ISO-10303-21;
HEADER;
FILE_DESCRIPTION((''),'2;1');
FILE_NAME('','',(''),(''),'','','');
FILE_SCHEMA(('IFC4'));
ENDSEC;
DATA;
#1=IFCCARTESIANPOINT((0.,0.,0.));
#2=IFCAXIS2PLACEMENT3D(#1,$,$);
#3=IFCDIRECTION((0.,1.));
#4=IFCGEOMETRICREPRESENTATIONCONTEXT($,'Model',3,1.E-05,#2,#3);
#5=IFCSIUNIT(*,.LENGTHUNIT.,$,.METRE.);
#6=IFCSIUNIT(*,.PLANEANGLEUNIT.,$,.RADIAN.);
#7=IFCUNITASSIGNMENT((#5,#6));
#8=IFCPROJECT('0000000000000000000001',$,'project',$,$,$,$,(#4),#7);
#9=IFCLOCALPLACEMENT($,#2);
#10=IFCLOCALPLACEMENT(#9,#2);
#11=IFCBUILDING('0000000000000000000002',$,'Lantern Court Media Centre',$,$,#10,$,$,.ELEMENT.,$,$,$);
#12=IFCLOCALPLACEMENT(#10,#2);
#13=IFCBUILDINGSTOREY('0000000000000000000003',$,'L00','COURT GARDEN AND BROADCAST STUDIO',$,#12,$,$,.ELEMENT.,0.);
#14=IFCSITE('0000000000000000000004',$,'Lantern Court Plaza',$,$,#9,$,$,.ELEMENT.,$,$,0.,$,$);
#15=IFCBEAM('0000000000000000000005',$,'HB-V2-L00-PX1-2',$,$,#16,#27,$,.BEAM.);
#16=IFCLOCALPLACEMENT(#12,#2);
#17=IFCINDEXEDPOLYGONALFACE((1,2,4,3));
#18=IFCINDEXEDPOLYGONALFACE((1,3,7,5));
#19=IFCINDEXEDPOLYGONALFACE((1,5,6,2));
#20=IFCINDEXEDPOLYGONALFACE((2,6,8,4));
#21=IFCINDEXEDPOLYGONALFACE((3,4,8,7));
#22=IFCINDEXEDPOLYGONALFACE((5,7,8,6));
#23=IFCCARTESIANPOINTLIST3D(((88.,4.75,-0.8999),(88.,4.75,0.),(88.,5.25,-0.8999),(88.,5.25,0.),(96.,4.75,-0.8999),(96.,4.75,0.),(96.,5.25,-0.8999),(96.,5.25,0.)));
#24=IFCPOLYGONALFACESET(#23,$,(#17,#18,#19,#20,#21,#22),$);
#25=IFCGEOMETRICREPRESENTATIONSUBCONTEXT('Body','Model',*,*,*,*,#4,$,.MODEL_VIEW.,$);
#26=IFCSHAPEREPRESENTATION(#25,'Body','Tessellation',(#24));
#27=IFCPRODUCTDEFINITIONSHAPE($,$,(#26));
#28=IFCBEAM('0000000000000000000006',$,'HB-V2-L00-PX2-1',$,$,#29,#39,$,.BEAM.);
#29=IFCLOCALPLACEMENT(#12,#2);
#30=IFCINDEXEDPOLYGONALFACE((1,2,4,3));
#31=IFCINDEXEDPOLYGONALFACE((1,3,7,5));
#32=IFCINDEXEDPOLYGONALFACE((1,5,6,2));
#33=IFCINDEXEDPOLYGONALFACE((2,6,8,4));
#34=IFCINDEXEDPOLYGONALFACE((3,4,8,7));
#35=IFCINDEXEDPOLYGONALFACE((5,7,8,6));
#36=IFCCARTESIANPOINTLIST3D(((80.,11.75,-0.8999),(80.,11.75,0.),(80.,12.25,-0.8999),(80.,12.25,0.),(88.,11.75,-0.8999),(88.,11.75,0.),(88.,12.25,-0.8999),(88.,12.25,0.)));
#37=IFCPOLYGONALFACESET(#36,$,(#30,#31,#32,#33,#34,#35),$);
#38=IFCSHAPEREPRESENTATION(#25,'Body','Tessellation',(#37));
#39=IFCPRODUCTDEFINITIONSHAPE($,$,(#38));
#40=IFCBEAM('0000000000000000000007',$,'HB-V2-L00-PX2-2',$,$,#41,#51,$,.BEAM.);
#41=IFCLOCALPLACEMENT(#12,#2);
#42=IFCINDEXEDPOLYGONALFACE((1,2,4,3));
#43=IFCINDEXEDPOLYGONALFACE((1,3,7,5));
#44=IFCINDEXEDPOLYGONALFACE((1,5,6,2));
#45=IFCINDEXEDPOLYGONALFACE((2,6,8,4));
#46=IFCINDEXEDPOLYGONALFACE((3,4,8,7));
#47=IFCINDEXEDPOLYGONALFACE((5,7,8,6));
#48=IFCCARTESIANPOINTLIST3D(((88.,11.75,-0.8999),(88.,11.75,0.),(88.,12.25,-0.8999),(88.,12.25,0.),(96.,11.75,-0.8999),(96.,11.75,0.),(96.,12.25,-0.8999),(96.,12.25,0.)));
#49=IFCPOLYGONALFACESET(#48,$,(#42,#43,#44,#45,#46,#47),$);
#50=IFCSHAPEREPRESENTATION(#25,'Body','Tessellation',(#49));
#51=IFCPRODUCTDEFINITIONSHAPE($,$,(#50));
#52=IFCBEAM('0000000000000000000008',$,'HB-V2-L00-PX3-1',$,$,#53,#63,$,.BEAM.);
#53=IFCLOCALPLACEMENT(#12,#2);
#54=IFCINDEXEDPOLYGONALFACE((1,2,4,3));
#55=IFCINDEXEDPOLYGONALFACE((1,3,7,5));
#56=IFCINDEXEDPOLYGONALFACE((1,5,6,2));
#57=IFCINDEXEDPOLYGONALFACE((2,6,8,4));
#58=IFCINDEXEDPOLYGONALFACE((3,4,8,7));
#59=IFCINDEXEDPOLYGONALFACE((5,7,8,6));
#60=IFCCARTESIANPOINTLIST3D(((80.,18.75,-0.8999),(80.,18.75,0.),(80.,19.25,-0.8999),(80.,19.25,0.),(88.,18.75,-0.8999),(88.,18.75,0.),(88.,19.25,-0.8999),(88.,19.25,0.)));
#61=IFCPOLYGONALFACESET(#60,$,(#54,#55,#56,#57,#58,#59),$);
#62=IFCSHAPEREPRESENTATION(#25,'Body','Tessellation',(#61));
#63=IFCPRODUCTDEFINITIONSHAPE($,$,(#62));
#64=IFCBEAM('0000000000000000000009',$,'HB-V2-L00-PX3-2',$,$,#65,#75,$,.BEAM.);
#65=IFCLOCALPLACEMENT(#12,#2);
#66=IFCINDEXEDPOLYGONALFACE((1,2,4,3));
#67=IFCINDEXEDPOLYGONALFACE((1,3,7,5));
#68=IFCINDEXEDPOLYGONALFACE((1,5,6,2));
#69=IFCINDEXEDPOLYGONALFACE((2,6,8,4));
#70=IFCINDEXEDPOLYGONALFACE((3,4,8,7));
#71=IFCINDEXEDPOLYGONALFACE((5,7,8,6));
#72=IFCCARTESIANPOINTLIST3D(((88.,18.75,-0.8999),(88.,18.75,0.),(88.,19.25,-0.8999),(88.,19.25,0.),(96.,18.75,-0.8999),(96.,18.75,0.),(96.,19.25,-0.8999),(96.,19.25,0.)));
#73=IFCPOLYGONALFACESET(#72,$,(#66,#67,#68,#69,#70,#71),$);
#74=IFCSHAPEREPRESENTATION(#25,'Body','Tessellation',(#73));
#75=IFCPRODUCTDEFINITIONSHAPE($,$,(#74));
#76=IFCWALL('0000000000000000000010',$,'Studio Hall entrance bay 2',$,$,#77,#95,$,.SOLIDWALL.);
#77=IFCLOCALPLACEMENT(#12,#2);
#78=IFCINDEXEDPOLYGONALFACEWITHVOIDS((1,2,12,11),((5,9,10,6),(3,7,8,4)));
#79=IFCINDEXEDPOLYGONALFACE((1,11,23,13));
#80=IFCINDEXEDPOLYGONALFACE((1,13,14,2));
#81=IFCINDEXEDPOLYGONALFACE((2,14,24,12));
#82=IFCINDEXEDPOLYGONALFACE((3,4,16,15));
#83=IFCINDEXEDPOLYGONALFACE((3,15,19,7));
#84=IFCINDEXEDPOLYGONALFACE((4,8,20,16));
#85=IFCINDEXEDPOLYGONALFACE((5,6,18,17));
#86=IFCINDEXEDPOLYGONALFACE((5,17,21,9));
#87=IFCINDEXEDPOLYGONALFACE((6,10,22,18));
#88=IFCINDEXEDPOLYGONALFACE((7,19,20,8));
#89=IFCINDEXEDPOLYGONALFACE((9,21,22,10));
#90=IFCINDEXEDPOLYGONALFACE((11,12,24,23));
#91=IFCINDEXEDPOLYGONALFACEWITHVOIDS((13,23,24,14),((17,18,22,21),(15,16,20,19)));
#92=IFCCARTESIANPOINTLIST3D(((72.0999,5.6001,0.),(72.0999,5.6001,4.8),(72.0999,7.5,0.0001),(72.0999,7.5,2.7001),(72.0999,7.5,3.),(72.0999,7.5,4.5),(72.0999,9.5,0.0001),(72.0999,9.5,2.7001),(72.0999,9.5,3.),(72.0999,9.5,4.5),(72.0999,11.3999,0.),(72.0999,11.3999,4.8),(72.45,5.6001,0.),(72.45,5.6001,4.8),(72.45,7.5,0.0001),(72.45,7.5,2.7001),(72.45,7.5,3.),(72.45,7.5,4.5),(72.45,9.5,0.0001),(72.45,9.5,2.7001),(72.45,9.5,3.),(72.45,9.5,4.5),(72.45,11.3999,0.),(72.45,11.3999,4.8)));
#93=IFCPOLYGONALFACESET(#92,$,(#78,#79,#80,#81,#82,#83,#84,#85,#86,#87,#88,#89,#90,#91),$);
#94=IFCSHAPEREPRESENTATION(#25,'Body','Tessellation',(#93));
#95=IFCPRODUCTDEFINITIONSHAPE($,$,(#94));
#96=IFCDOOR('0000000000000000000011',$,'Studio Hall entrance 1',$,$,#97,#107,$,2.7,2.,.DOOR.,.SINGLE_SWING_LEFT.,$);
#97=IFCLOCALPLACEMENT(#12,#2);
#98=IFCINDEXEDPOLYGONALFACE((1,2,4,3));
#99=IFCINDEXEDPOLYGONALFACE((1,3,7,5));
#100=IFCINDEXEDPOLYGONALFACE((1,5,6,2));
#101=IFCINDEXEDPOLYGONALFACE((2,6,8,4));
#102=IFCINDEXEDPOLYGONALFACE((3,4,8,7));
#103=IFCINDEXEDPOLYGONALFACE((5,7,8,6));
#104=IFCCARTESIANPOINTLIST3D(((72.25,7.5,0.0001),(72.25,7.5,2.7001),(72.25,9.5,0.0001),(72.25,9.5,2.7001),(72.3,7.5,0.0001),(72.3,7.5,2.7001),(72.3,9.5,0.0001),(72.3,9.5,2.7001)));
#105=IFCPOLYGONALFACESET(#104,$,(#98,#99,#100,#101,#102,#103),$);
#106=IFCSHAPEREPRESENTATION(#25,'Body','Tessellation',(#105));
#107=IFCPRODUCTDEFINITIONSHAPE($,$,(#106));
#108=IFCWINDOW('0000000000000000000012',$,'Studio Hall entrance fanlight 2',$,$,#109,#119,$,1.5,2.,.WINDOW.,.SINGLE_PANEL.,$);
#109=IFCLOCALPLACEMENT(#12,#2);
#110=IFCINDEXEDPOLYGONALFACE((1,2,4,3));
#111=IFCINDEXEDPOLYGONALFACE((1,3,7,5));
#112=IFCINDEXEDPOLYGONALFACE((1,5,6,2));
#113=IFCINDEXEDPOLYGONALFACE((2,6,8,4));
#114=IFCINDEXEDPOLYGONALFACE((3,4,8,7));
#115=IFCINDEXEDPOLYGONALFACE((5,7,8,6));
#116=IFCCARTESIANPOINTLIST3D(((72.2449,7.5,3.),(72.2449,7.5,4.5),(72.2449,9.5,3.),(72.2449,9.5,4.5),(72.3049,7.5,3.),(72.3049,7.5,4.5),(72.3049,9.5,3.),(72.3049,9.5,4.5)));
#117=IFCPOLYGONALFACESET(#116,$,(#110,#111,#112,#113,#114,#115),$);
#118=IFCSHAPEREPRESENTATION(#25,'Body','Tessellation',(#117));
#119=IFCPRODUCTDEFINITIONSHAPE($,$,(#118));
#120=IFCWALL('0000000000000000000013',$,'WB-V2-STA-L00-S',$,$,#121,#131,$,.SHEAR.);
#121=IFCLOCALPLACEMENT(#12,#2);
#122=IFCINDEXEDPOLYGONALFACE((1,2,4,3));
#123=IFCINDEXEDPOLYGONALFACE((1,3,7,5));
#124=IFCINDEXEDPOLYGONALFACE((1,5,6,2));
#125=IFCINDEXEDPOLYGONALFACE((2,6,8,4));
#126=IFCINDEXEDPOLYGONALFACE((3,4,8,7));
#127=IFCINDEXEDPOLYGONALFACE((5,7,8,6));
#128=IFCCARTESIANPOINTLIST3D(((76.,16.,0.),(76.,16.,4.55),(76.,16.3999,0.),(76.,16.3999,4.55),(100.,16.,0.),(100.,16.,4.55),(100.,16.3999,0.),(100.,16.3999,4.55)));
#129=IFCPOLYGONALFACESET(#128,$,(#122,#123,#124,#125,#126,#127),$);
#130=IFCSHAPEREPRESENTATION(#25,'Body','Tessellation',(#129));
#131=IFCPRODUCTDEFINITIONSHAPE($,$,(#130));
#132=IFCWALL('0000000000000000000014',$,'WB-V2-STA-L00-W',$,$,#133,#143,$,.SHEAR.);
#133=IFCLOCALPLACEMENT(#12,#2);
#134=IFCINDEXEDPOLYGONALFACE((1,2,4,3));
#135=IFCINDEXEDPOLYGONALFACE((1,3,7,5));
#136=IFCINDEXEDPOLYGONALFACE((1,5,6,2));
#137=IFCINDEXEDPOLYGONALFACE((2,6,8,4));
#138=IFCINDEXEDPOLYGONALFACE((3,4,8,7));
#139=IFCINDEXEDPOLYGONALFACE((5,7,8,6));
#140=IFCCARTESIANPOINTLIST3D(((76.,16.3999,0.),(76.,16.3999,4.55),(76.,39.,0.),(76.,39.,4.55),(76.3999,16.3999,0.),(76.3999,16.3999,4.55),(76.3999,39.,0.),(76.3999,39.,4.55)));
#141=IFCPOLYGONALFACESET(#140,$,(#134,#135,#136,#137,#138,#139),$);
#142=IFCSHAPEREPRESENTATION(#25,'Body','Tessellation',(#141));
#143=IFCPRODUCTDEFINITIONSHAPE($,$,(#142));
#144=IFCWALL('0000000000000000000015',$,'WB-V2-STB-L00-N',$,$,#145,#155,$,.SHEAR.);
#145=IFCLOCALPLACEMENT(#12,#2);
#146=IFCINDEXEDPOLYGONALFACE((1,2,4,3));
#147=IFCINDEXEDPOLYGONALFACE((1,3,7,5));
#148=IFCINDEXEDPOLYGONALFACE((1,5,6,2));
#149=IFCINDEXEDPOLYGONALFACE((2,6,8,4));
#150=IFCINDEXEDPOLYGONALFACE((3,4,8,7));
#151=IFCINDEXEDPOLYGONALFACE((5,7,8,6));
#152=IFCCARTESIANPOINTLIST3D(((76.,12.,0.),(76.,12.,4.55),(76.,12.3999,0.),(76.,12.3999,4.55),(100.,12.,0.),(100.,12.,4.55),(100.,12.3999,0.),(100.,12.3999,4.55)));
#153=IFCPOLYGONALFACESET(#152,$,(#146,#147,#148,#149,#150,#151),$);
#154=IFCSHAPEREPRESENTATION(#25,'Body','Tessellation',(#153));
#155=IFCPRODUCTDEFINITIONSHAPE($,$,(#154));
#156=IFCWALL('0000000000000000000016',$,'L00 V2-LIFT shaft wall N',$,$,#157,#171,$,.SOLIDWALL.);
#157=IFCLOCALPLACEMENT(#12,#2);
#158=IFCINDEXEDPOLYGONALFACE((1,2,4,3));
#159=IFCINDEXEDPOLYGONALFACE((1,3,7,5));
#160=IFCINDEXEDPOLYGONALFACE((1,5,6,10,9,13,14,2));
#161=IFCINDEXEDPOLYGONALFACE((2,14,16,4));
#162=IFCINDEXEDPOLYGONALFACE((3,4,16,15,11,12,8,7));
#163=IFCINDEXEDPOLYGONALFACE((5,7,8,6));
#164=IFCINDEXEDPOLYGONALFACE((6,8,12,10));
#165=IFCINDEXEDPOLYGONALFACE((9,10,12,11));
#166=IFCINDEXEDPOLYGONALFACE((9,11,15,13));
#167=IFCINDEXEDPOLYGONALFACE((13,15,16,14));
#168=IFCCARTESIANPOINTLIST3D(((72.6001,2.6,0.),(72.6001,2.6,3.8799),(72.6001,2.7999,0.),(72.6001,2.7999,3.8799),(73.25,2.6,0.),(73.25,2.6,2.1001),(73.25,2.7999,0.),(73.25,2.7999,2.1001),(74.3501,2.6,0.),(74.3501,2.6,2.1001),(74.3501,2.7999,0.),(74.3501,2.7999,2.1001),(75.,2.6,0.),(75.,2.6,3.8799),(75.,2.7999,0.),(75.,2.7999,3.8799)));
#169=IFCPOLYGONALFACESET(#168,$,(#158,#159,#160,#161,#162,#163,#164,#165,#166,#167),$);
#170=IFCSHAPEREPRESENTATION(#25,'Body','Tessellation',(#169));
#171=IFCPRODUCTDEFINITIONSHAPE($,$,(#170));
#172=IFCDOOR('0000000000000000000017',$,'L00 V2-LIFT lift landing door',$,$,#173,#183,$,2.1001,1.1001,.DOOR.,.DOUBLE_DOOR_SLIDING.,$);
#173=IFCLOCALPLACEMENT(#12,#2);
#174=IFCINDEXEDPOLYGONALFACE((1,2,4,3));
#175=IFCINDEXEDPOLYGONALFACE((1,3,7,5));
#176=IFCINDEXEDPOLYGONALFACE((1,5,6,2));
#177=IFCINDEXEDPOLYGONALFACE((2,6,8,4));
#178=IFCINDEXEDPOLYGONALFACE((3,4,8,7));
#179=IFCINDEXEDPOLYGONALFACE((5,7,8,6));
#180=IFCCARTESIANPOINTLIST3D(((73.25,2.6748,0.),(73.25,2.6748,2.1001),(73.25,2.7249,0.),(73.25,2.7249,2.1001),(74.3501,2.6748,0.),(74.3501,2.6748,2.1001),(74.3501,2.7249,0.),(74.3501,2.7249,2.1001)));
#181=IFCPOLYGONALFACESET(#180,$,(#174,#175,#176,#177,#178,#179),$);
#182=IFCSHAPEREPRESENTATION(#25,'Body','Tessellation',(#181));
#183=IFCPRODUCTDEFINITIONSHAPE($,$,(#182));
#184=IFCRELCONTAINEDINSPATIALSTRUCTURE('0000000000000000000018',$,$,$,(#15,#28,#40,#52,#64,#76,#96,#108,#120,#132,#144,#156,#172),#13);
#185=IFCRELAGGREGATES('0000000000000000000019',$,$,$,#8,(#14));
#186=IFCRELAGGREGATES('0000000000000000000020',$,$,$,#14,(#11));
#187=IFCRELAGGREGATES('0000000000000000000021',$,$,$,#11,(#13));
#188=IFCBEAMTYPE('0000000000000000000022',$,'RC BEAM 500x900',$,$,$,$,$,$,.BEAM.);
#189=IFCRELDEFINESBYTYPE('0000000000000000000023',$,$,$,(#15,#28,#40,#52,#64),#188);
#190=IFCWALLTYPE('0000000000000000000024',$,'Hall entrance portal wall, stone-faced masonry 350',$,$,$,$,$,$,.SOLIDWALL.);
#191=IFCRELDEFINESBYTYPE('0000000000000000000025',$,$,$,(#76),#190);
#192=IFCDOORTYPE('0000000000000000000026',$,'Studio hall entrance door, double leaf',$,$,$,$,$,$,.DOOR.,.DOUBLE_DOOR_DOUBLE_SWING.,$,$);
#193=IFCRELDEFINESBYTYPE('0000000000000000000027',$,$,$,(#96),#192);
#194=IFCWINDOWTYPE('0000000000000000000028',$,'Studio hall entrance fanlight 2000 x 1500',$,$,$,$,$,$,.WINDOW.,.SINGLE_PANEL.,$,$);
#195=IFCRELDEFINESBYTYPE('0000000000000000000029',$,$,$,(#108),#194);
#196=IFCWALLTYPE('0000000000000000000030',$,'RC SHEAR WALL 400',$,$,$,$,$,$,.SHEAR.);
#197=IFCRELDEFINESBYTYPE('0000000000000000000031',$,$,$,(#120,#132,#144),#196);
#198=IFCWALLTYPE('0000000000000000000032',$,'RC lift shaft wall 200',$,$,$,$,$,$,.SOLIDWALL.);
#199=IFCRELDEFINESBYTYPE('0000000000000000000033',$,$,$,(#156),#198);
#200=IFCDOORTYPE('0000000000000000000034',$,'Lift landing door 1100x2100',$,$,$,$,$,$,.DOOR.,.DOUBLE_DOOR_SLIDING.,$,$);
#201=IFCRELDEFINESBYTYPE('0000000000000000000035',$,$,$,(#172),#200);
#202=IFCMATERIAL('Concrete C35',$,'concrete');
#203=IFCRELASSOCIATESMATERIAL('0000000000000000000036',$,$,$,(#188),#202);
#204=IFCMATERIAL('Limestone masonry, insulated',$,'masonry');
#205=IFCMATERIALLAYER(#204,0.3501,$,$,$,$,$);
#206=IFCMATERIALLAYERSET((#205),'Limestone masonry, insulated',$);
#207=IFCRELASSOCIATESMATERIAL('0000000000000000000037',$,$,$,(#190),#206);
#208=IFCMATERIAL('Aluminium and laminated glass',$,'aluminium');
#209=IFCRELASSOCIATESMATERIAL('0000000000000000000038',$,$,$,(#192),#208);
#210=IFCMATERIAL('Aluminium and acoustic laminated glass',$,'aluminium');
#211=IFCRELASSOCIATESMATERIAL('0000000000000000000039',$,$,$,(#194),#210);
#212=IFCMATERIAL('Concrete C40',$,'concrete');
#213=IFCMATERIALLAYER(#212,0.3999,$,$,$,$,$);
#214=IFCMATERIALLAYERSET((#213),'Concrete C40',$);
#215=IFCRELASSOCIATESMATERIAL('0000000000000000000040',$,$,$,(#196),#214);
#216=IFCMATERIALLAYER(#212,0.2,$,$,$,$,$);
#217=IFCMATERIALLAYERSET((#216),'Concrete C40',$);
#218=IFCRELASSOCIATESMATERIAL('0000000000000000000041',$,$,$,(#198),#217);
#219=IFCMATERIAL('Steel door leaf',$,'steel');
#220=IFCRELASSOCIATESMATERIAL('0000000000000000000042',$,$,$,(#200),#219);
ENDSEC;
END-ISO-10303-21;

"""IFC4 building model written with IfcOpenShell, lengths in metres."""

from ifc_helpers import new_model, si_unit, direction, frame, frame_2d, origin, origin_2d, place, context, subcontext, project, spatial, rectangle, extrude, material, layer, layer_set, material_profile, profile_set, type_object, element, fill, save


model = new_model("IFC4")

# Units and contexts
model_context = context("Model", 3, precision=1e-05, world=origin(), true_north=direction((0.0, 1.0)))
body_context = subcontext(model_context, "Body", "Model", "MODEL_VIEW")
ifc_project = project(units=[si_unit("LENGTHUNIT", "METRE"), si_unit("PLANEANGLEUNIT", "RADIAN")], contexts=[model_context])

# Site, building, storey
site_placement = place(None, origin())
site = spatial("IfcSite", under=ifc_project, at=site_placement, Name="Lantern Court Plaza", CompositionType="ELEMENT", RefElevation=0.0)
building_placement = place(site_placement, origin())
building = spatial("IfcBuilding", under=site, at=building_placement, Name="Lantern Court Media Centre", CompositionType="ELEMENT")
storey_placement = place(building_placement, origin())
storey = spatial("IfcBuildingStorey", under=building, at=storey_placement, Name="L00", Description="COURT GARDEN AND BROADCAST STUDIO", CompositionType="ELEMENT", Elevation=0.0)

# Shared definitions
ifc_material_1 = material(Name="Concrete C35", Category="concrete")

# Beams
ifc_material_profile_1 = material_profile(ifc_material_1, rectangle(XDim=0.5, YDim=0.8999, at=origin_2d()), Name="RC 500x900")
ifc_profile_set_1 = profile_set([ifc_material_profile_1], Name="Concrete C35")
beam_type_1 = type_object("IfcBeamType", Name="RC BEAM 500x900", PredefinedType="BEAM", material=ifc_profile_set_1)
for number, where, z_axis, x_axis, name in (
    (1, (88.0, 5.0, -0.45), (1.0, 0.0, 0.0), (0.0, 1.0, 0.0), "HB-V2-L00-PX1-2"),
    (2, (80.0, 12.0, -0.45), (1.0, 0.0, 0.0), (0.0, 1.0, 0.0), "HB-V2-L00-PX2-1"),
    (3, (88.0, 12.0, -0.45), (1.0, 0.0, 0.0), (0.0, 1.0, 0.0), "HB-V2-L00-PX2-2"),
    (4, (80.0, 19.0, -0.45), (1.0, 0.0, 0.0), (0.0, 1.0, 0.0), "HB-V2-L00-PX3-1"),
    (5, (88.0, 19.0, -0.45), (1.0, 0.0, 0.0), (0.0, 1.0, 0.0), "HB-V2-L00-PX3-2"),
):
    element("IfcBeam", number, at=place(storey_placement, frame(where, z_axis=z_axis, x_axis=x_axis)), inside=storey, type_object=beam_type_1, Name=name, PredefinedType="BEAM", context=body_context, shape_type="SweptSolid", body=[
        extrude(rectangle(XDim=0.5, YDim=0.8999, at=origin_2d()), origin(), (0.0, 0.0, 1.0), 8.0),
    ])

# Wall, openings, door, window
ifc_material_2 = material(Name="Limestone masonry, insulated", Category="masonry")
ifc_layer_1 = layer(ifc_material_2, 0.3501)
ifc_layer_set_1 = layer_set([ifc_layer_1], Name="Limestone masonry, insulated")
wall_type_1 = type_object("IfcWallType", Name="Hall entrance portal wall, stone-faced masonry 350", PredefinedType="SOLIDWALL", material=ifc_layer_set_1)
wall_1_placement = place(storey_placement, frame((72.2749, 5.6001, 0.0), z_axis=(0.0, 0.0, 1.0), x_axis=(0.0, 1.0, 0.0)))
wall_1 = element("IfcWall", 6, at=wall_1_placement, inside=storey, type_object=wall_type_1, Name="Studio Hall entrance bay 2", PredefinedType="SOLIDWALL", context=body_context, shape_type="SweptSolid", body=[
    extrude(rectangle(XDim=5.7998, YDim=0.3501, at=frame_2d((2.8999, 0.0))), origin(), (0.0, 0.0, 1.0), 4.8),
])
opening_1_placement = place(wall_1_placement, frame((1.8999, 0.0, 0.0)))
opening_1 = element("IfcOpeningElement", 7, at=opening_1_placement, cuts=wall_1, PredefinedType="OPENING", context=body_context, shape_type="SweptSolid", body=[
    extrude(rectangle(XDim=2.0, YDim=2.7, at=frame_2d((1.0, 1.3501))), frame((0.0, 0.1851, 0.0), z_axis=(0.0, -1.0, 0.0), x_axis=(1.0, 0.0, 0.0)), (0.0, 0.0, 1.0), 0.3701),
])
opening_2_placement = place(wall_1_placement, frame((1.8999, 0.0, 3.0)))
opening_2 = element("IfcOpeningElement", 8, at=opening_2_placement, cuts=wall_1, PredefinedType="OPENING", context=body_context, shape_type="SweptSolid", body=[
    extrude(rectangle(XDim=2.0, YDim=1.5, at=frame_2d((1.0, 0.75))), frame((0.0, 0.1851, 0.0), z_axis=(0.0, -1.0, 0.0), x_axis=(1.0, 0.0, 0.0)), (0.0, 0.0, 1.0), 0.3701),
])
ifc_material_3 = material(Name="Aluminium and laminated glass", Category="aluminium")
door_type_1 = type_object("IfcDoorType", Name="Studio hall entrance door, double leaf", OperationType="DOUBLE_DOOR_DOUBLE_SWING", PredefinedType="DOOR", material=ifc_material_3)
door_1_placement = place(opening_1_placement, origin())
door_1 = element("IfcDoor", 9, at=door_1_placement, inside=storey, type_object=door_type_1, Name="Studio Hall entrance 1", OperationType="SINGLE_SWING_LEFT", OverallHeight=2.7, OverallWidth=2.0, PredefinedType="DOOR", context=body_context, shape_type="SweptSolid", body=[
    extrude(rectangle(XDim=2.0, YDim=2.7, at=frame_2d((1.0, 1.3501))), frame((0.0, 0.0249, 0.0), z_axis=(0.0, -1.0, 0.0), x_axis=(1.0, 0.0, 0.0)), (0.0, 0.0, 1.0), 0.05),
])
fill(opening_1, door_1)
ifc_material_4 = material(Name="Aluminium and acoustic laminated glass", Category="aluminium")
window_type = type_object("IfcWindowType", Name="Studio hall entrance fanlight 2000 x 1500", PartitioningType="SINGLE_PANEL", PredefinedType="WINDOW", material=ifc_material_4)
window_placement = place(opening_2_placement, origin())
window = element("IfcWindow", 10, at=window_placement, inside=storey, type_object=window_type, Name="Studio Hall entrance fanlight 2", OverallHeight=1.5, OverallWidth=2.0, PartitioningType="SINGLE_PANEL", PredefinedType="WINDOW", context=body_context, shape_type="SweptSolid", body=[
    extrude(rectangle(XDim=2.0, YDim=1.5, at=frame_2d((1.0, 0.75))), frame((0.0, 0.03, 0.0), z_axis=(0.0, -1.0, 0.0), x_axis=(1.0, 0.0, 0.0)), (0.0, 0.0, 1.0), 0.0601),
])
fill(opening_2, window)

# Walls
ifc_material_5 = material(Name="Concrete C40", Category="concrete")
ifc_layer_2 = layer(ifc_material_5, 0.3999)
ifc_layer_set_2 = layer_set([ifc_layer_2], Name="Concrete C40")
wall_type_2 = type_object("IfcWallType", Name="RC SHEAR WALL 400", PredefinedType="SHEAR", material=ifc_layer_set_2)
wall_2_placement = place(storey_placement, frame((76.0, 16.2, 0.0), z_axis=(0.0, 0.0, 1.0), x_axis=(1.0, 0.0, 0.0)))
element("IfcWall", 11, at=wall_2_placement, inside=storey, type_object=wall_type_2, Name="WB-V2-STA-L00-S", PredefinedType="SHEAR", context=body_context, shape_type="SweptSolid", body=[
    extrude(rectangle(XDim=24.0, YDim=0.3999, at=frame_2d((12.0, 0.0))), origin(), (0.0, 0.0, 1.0), 4.55),
])
wall_3_placement = place(storey_placement, frame((76.2, 16.3999, 0.0), z_axis=(0.0, 0.0, 1.0), x_axis=(0.0, 1.0, 0.0)))
element("IfcWall", 12, at=wall_3_placement, inside=storey, type_object=wall_type_2, Name="WB-V2-STA-L00-W", PredefinedType="SHEAR", context=body_context, shape_type="SweptSolid", body=[
    extrude(rectangle(XDim=22.6001, YDim=0.3999, at=frame_2d((11.3, 0.0))), origin(), (0.0, 0.0, 1.0), 4.55),
])
wall_4_placement = place(storey_placement, frame((76.0, 12.2, 0.0), z_axis=(0.0, 0.0, 1.0), x_axis=(1.0, 0.0, 0.0)))
element("IfcWall", 13, at=wall_4_placement, inside=storey, type_object=wall_type_2, Name="WB-V2-STB-L00-N", PredefinedType="SHEAR", context=body_context, shape_type="SweptSolid", body=[
    extrude(rectangle(XDim=24.0, YDim=0.3999, at=frame_2d((12.0, 0.0))), origin(), (0.0, 0.0, 1.0), 4.55),
])

# Wall, opening, door
ifc_layer_3 = layer(ifc_material_5, 0.2)
ifc_layer_set_3 = layer_set([ifc_layer_3], Name="Concrete C40")
wall_type_3 = type_object("IfcWallType", Name="RC lift shaft wall 200", PredefinedType="SOLIDWALL", material=ifc_layer_set_3)
wall_5_placement = place(storey_placement, frame((72.6001, 2.7, 0.0), z_axis=(0.0, 0.0, 1.0), x_axis=(1.0, 0.0, 0.0)))
wall_5 = element("IfcWall", 14, at=wall_5_placement, inside=storey, type_object=wall_type_3, Name="L00 V2-LIFT shaft wall N", PredefinedType="SOLIDWALL", context=body_context, shape_type="SweptSolid", body=[
    extrude(rectangle(XDim=2.3999, YDim=0.2, at=frame_2d((1.2, 0.0))), origin(), (0.0, 0.0, 1.0), 3.8799),
])
opening_3_placement = place(wall_5_placement, frame((0.6499, 0.0, 0.0)))
opening_3 = element("IfcOpeningElement", 15, at=opening_3_placement, cuts=wall_5, PredefinedType="OPENING", context=body_context, shape_type="SweptSolid", body=[
    extrude(rectangle(XDim=1.1001, YDim=2.1001, at=frame_2d((0.55, 1.05))), frame((0.0, 0.1099, 0.0), z_axis=(0.0, -1.0, 0.0), x_axis=(1.0, 0.0, 0.0)), (0.0, 0.0, 1.0), 0.22),
])
ifc_material_6 = material(Name="Steel door leaf", Category="steel")
door_type_2 = type_object("IfcDoorType", Name="Lift landing door 1100x2100", OperationType="DOUBLE_DOOR_SLIDING", PredefinedType="DOOR", material=ifc_material_6)
door_2_placement = place(opening_3_placement, origin())
door_2 = element("IfcDoor", 16, at=door_2_placement, inside=storey, type_object=door_type_2, Name="L00 V2-LIFT lift landing door", OperationType="DOUBLE_DOOR_SLIDING", OverallHeight=2.1001, OverallWidth=1.1001, PredefinedType="DOOR", context=body_context, shape_type="SweptSolid", body=[
    extrude(rectangle(XDim=1.1001, YDim=2.1001, at=frame_2d((0.55, 1.05))), frame((0.0, 0.0249, 0.0), z_axis=(0.0, -1.0, 0.0), x_axis=(1.0, 0.0, 0.0)), (0.0, 0.0, 1.0), 0.05),
])
fill(opening_3, door_2)

save(model, "model.ifc")
